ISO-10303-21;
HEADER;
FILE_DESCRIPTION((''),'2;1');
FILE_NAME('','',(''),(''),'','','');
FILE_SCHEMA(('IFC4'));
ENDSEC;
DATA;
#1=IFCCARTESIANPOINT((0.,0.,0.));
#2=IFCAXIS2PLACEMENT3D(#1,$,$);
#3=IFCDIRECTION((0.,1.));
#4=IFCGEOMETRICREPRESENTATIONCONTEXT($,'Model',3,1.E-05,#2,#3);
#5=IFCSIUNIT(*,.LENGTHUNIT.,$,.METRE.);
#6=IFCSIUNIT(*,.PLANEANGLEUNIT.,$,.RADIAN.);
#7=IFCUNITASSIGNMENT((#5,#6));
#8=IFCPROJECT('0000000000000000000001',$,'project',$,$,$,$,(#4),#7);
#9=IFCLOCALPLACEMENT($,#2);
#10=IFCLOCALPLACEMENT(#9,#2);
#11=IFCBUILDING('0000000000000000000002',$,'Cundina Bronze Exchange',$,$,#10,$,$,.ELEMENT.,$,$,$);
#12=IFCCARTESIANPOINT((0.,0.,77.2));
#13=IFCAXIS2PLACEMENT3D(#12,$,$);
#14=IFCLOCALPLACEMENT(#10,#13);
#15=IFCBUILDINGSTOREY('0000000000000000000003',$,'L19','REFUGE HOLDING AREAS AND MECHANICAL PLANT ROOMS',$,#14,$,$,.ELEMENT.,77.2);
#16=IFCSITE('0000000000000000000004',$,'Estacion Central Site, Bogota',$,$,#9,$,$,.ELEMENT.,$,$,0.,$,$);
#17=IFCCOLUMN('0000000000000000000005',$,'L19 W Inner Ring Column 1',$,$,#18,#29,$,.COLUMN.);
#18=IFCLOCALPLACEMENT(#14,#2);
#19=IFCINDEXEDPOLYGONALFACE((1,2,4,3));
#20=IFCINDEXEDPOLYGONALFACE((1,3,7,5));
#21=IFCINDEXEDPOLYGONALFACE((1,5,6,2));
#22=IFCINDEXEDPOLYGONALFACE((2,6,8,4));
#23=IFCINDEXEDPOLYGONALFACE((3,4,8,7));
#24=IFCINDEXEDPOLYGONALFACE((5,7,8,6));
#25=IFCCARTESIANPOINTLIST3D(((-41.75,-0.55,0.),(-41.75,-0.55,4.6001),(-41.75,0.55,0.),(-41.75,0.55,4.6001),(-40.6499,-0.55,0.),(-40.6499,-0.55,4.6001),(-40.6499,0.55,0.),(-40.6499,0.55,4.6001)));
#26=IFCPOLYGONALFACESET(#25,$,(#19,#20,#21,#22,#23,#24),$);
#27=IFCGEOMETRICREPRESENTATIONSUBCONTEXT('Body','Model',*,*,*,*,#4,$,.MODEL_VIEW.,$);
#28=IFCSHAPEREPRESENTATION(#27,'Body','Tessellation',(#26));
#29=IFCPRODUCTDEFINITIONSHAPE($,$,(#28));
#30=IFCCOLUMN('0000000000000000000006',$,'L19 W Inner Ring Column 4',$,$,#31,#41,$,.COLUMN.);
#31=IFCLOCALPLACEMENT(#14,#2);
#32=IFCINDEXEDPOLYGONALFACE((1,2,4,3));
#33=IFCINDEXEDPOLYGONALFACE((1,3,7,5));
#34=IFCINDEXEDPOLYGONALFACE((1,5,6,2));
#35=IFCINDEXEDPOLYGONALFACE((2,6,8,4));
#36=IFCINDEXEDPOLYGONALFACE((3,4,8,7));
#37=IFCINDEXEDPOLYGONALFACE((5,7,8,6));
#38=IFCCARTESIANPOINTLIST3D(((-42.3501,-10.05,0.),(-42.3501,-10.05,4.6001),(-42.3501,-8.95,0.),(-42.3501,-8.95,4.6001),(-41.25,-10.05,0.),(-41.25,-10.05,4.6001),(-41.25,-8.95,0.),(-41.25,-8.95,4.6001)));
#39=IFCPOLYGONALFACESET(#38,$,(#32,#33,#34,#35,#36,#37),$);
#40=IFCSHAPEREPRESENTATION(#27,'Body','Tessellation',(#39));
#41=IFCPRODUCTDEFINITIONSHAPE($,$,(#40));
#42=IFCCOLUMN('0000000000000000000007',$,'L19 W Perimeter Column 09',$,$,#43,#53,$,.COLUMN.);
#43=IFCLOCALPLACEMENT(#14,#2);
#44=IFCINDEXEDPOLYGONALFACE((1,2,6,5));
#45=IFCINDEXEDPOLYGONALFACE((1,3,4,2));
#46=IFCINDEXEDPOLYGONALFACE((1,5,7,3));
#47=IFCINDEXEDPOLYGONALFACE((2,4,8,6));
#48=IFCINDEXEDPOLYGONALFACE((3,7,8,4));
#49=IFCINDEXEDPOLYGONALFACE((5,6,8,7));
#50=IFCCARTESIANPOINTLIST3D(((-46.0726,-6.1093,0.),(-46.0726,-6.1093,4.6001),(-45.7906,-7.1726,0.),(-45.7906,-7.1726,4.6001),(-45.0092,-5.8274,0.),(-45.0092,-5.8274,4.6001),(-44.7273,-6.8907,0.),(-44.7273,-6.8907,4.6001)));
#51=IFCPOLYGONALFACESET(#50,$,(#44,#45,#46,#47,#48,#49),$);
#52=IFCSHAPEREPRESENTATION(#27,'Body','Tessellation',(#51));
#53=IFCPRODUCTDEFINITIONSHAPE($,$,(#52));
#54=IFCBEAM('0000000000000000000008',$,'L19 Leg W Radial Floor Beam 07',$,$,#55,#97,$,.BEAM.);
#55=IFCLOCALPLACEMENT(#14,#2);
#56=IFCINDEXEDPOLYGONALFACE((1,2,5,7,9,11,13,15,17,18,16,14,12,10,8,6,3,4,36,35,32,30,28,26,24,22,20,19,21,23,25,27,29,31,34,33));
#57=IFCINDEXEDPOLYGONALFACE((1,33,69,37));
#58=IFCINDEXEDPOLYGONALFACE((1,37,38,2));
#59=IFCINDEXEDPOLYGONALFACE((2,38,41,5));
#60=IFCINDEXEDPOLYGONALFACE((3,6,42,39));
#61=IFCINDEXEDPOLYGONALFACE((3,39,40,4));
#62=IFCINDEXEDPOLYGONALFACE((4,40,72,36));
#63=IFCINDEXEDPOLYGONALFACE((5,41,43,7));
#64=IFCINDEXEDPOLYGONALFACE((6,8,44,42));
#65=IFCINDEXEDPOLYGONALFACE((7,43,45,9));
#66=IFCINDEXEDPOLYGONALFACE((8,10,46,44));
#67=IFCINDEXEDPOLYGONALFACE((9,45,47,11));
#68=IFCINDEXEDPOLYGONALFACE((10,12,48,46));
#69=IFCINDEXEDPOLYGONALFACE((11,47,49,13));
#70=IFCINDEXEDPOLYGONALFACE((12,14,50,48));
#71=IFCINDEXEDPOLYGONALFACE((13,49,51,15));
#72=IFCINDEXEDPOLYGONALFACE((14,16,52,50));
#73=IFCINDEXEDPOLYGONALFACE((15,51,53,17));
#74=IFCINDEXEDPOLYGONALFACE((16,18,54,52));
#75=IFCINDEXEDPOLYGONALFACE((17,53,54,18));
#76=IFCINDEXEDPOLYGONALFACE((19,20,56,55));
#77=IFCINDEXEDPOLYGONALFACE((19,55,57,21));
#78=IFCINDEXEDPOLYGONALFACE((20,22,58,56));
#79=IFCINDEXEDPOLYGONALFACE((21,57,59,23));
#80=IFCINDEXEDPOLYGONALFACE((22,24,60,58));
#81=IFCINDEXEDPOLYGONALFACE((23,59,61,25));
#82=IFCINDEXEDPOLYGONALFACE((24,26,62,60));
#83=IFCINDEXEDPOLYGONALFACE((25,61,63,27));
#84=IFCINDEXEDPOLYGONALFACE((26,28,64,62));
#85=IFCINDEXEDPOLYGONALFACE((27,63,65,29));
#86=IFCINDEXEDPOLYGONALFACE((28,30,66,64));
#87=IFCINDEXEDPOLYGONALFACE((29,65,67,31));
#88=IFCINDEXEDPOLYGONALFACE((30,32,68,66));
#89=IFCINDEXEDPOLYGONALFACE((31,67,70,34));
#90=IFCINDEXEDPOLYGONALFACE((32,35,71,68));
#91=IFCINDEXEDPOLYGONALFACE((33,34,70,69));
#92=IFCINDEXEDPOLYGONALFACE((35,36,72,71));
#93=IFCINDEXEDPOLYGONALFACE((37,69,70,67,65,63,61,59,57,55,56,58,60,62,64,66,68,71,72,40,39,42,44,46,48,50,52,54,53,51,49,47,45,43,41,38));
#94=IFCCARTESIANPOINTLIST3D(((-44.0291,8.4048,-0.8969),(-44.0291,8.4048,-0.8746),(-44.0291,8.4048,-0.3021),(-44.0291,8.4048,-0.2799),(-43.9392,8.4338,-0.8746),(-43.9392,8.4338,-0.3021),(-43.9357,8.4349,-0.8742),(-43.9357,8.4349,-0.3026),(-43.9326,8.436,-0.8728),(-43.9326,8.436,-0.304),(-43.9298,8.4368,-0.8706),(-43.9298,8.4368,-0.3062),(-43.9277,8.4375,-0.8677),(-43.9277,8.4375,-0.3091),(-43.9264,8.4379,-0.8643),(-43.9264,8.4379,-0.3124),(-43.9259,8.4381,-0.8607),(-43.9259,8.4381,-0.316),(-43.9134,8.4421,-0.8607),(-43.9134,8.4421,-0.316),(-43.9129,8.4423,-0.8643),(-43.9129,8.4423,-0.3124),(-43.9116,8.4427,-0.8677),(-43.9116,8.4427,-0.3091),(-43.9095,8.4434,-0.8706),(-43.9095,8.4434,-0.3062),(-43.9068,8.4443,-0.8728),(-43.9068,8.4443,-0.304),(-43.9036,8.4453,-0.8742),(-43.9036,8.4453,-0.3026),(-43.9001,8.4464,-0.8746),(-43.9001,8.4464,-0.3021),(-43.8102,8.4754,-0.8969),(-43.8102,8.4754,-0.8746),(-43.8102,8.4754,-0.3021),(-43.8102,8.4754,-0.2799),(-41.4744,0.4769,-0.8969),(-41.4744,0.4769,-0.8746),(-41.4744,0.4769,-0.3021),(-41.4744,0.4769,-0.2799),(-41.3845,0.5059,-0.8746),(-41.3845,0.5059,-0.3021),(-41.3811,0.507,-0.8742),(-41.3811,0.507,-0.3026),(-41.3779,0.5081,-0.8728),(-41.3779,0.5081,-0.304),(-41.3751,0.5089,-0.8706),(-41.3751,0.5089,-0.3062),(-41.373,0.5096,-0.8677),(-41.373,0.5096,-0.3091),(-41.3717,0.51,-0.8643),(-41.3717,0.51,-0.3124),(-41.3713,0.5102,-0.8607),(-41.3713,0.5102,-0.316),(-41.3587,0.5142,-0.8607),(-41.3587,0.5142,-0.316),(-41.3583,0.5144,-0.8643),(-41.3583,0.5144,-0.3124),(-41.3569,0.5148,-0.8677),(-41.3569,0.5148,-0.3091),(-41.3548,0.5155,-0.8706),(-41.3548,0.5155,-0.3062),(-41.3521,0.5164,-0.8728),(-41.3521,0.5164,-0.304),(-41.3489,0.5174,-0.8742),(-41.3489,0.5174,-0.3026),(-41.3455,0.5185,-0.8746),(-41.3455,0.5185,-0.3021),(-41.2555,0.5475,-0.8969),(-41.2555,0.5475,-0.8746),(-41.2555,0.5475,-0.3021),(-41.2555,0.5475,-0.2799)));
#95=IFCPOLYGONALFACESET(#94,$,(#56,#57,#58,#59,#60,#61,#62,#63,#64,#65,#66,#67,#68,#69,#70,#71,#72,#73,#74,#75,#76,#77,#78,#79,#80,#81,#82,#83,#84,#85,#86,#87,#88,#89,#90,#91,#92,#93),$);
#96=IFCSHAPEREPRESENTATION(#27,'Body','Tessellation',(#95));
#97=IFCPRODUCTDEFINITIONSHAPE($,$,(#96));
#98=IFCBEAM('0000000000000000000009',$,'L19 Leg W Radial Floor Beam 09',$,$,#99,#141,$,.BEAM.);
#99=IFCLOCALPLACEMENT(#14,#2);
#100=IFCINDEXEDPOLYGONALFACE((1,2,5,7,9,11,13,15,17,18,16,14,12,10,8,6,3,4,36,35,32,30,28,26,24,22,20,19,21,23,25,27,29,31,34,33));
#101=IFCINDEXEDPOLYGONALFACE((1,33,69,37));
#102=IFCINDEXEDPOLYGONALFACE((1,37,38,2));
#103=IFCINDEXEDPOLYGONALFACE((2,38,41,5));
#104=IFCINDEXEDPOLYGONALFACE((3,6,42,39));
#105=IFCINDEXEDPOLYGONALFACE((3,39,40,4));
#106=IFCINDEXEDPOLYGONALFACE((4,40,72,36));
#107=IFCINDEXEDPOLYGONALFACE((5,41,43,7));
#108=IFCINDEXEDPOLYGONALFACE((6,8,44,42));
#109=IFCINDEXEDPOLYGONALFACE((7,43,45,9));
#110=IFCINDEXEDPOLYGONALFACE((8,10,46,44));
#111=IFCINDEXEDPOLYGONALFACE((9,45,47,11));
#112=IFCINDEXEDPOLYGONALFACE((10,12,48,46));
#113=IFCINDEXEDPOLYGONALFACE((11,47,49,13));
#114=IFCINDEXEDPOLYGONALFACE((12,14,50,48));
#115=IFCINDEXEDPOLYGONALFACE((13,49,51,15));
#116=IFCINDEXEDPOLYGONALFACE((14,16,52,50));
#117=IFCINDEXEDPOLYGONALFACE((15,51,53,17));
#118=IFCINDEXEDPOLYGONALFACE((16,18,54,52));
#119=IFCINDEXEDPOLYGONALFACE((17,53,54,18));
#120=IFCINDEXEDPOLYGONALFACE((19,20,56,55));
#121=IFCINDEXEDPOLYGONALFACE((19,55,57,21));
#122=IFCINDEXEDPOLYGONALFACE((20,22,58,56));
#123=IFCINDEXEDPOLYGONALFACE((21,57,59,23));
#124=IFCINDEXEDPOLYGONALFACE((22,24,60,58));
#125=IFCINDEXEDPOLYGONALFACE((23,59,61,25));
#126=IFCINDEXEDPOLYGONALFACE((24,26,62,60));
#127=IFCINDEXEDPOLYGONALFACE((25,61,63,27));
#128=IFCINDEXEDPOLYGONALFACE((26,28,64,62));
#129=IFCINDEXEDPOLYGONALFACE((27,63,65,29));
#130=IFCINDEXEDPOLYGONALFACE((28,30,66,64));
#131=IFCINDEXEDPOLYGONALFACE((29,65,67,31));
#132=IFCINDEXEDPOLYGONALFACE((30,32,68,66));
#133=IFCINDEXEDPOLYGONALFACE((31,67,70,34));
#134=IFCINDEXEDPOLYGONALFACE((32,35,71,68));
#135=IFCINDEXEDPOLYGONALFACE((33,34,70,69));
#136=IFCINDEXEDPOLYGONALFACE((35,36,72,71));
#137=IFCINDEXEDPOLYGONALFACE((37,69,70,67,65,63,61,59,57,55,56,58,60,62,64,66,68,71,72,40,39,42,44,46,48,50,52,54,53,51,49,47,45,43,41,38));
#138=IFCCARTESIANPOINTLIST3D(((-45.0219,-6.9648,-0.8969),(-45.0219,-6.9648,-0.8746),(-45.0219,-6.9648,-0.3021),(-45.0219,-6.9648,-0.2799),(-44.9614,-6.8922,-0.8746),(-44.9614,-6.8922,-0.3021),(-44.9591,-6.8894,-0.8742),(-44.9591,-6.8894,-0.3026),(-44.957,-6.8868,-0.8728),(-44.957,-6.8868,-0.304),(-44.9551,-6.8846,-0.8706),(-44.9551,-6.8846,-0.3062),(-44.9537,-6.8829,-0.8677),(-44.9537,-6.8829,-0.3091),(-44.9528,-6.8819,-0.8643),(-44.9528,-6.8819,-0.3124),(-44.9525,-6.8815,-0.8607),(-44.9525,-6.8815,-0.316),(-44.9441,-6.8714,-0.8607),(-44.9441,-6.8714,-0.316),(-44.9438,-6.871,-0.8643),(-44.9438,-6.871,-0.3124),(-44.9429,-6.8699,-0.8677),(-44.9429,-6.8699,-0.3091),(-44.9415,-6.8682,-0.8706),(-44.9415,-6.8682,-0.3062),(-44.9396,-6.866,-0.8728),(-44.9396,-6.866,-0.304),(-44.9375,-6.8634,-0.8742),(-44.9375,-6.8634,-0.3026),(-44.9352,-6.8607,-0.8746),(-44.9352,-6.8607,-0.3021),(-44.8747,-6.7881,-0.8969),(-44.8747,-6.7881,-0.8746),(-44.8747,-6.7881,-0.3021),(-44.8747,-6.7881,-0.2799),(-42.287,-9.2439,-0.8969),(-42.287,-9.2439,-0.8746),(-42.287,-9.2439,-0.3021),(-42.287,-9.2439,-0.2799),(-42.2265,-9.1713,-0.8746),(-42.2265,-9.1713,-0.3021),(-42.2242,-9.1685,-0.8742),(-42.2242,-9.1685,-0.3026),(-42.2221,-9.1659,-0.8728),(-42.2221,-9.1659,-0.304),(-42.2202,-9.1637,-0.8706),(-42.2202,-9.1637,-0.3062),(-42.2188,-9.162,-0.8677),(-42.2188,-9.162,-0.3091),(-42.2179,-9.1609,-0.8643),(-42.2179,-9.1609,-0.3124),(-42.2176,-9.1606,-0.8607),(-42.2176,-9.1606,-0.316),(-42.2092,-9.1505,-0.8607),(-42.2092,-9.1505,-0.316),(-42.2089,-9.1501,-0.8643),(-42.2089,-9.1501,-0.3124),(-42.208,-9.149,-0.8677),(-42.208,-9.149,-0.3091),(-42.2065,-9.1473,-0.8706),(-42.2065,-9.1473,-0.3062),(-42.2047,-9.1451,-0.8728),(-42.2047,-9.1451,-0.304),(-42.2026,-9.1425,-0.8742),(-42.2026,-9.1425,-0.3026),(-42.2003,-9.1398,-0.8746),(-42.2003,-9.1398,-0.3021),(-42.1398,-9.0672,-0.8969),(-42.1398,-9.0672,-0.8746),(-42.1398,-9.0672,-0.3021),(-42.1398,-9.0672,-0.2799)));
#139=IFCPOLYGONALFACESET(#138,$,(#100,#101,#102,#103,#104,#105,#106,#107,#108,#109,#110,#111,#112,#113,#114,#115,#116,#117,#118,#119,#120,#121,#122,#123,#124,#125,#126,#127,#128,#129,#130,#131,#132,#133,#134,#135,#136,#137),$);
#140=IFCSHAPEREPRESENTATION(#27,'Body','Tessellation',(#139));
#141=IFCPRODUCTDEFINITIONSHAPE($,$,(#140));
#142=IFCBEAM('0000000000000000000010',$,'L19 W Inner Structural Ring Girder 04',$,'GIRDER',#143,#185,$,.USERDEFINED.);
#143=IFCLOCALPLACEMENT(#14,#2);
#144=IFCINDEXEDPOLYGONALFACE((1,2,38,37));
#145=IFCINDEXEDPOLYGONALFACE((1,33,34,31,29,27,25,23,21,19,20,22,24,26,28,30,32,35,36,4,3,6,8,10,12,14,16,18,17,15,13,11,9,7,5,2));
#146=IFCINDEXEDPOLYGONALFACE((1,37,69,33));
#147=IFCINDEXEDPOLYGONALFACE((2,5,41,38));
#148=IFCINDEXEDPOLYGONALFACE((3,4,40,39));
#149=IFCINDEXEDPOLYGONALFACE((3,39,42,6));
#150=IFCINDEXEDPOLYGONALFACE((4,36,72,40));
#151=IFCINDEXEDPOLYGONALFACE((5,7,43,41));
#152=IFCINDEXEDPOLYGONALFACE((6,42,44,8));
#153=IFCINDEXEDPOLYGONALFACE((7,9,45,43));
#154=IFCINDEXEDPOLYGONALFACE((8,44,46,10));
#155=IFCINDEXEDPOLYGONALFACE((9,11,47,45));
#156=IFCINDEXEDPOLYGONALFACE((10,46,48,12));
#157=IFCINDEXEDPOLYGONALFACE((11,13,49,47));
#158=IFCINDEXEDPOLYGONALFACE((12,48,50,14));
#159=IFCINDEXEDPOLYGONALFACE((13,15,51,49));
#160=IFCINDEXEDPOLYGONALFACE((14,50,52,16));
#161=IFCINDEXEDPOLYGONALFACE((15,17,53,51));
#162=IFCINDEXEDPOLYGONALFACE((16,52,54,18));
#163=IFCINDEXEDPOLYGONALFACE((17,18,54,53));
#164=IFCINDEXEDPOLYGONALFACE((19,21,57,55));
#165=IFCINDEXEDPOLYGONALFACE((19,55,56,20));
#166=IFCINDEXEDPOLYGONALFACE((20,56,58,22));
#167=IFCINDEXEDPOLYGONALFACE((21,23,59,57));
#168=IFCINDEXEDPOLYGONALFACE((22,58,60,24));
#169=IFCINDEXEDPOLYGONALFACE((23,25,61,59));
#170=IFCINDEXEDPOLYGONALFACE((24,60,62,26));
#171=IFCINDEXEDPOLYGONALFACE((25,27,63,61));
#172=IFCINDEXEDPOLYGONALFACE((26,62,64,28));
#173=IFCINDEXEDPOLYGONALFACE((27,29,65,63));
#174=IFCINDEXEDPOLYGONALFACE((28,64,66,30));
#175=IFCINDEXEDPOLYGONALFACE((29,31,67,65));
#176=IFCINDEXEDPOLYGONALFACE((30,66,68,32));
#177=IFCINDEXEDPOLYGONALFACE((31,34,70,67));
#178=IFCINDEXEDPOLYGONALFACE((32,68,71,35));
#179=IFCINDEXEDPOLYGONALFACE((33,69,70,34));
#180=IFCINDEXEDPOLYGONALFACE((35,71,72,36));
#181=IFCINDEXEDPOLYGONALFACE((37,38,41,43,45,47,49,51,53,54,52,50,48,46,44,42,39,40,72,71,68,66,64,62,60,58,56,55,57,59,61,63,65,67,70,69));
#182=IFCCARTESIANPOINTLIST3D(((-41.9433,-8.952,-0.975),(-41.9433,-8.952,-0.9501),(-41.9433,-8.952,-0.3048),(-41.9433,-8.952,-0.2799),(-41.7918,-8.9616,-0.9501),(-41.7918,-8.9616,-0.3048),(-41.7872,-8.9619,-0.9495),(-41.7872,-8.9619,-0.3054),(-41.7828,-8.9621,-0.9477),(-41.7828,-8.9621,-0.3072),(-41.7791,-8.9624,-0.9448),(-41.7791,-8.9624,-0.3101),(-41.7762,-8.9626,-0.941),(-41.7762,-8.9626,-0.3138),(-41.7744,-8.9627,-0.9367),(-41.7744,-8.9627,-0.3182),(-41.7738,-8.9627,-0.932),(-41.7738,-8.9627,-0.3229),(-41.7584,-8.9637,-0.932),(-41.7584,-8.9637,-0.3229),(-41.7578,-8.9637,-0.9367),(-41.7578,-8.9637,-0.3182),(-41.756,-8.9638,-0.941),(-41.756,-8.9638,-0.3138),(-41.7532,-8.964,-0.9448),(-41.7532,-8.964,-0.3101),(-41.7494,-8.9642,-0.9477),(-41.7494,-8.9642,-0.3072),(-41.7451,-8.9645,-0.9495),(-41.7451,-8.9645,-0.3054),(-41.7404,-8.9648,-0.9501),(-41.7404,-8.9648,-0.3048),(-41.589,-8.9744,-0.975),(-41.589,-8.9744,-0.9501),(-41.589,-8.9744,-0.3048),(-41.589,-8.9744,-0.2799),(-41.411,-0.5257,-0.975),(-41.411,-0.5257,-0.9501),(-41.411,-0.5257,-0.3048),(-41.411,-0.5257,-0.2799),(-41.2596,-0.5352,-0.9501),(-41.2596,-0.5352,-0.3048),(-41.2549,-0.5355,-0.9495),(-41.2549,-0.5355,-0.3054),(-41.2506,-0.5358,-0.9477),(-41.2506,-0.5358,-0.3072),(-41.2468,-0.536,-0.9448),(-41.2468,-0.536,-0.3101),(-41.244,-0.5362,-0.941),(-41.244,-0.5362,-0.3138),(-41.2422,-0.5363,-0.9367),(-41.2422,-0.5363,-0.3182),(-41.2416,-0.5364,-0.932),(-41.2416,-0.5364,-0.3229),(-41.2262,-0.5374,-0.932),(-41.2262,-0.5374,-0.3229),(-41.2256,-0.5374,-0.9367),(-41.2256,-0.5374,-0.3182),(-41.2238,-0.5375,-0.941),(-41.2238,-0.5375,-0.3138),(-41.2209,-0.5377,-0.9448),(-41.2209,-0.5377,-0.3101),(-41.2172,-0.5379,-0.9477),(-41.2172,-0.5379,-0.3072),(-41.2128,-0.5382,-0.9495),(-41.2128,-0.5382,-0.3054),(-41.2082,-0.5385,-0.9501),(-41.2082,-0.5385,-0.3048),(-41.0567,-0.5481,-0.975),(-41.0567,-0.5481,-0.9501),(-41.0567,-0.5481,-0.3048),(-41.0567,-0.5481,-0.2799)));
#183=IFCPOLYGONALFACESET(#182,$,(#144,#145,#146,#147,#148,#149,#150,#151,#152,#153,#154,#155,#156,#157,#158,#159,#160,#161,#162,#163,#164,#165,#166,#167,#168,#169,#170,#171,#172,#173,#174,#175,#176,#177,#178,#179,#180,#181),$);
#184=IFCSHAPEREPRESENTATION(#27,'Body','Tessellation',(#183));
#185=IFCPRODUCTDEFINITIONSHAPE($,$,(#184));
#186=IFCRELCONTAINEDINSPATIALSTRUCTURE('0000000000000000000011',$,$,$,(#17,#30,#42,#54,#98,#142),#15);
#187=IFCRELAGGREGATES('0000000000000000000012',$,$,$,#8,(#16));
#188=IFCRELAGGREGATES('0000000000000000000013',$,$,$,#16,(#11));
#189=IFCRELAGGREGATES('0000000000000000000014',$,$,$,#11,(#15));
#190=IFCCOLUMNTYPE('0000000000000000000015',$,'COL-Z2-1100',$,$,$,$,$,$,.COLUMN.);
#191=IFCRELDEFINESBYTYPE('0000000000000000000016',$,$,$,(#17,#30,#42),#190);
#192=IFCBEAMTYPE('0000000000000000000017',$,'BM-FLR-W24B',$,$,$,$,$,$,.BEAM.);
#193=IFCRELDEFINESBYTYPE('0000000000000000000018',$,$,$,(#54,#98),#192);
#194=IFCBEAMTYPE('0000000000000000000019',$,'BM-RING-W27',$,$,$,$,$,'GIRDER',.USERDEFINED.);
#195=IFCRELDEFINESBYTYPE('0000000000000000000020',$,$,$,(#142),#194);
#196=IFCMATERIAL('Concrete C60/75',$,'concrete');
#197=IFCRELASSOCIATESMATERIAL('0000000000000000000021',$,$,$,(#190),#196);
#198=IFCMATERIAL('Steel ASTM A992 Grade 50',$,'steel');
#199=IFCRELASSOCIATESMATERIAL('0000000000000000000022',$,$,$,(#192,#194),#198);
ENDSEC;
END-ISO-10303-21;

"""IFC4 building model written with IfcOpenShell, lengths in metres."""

from ifc_helpers import new_model, si_unit, direction, frame, origin, origin_2d, place, context, subcontext, project, spatial, rectangle, i_section, extrude, material, material_profile, profile_set, type_object, element, save


model = new_model("IFC4")

# Units and contexts
model_context = context("Model", 3, precision=1e-05, world=origin(), true_north=direction((0.0, 1.0)))
body_context = subcontext(model_context, "Body", "Model", "MODEL_VIEW")
ifc_project = project(units=[si_unit("LENGTHUNIT", "METRE"), si_unit("PLANEANGLEUNIT", "RADIAN")], contexts=[model_context])

# Site, building, storey
site_placement = place(None, origin())
site = spatial("IfcSite", under=ifc_project, at=site_placement, Name="Estacion Central Site, Bogota", CompositionType="ELEMENT", RefElevation=0.0)
building_placement = place(site_placement, origin())
building = spatial("IfcBuilding", under=site, at=building_placement, Name="Cundina Bronze Exchange", CompositionType="ELEMENT")
storey_placement = place(building_placement, frame((0.0, 0.0, 77.2)))
storey = spatial("IfcBuildingStorey", under=building, at=storey_placement, Name="L19", Description="REFUGE HOLDING AREAS AND MECHANICAL PLANT ROOMS", CompositionType="ELEMENT", Elevation=77.2)

# Columns
ifc_material_1 = material(Name="Concrete C60/75", Category="concrete")
ifc_material_profile_1 = material_profile(ifc_material_1, rectangle(XDim=1.1001, YDim=1.1001, at=origin_2d()), Name="RC1100X1100", Category="concrete")
ifc_profile_set_1 = profile_set([ifc_material_profile_1], Name="Concrete C60/75")
column_type = type_object("IfcColumnType", Name="COL-Z2-1100", PredefinedType="COLUMN", material=ifc_profile_set_1)
for number, where, z_axis, x_axis, name in (
    (1, (-41.2, 0.0, 0.0), (0.0, 0.0, 1.0), (1.0, 0.0, 0.0), "L19 W Inner Ring Column 1"),
    (2, (-41.8, -9.5, 0.0), (0.0, 0.0, 1.0), (1.0, 0.0, 0.0), "L19 W Inner Ring Column 4"),
    (3, (-45.3999, -6.5, 0.0), (0.0, 0.0, 1.0), (0.256289, -0.9666, 0.0), "L19 W Perimeter Column 09"),
):
    element("IfcColumn", number, at=place(storey_placement, frame(where, z_axis=z_axis, x_axis=x_axis)), inside=storey, type_object=column_type, Name=name, PredefinedType="COLUMN", context=body_context, shape_type="SweptSolid", body=[
        extrude(rectangle(XDim=1.1001, YDim=1.1001, at=origin_2d()), origin(), (0.0, 0.0, 1.0), 4.6001),
    ])

# Beams
ifc_material_2 = material(Name="Steel ASTM A992 Grade 50", Category="steel")
ifc_material_profile_2 = material_profile(ifc_material_2, i_section(OverallWidth=0.23, OverallDepth=0.6169, WebThickness=0.0132, FlangeThickness=0.0222, FilletRadius=0.0139, at=origin_2d()), Name="W24X94", Category="steel")
ifc_profile_set_2 = profile_set([ifc_material_profile_2], Name="Steel ASTM A992 Grade 50")
beam_type_1 = type_object("IfcBeamType", Name="BM-FLR-W24B", PredefinedType="BEAM", material=ifc_profile_set_2)
beam_1_placement = place(storey_placement, frame((-41.365, 0.5122, -0.5884), z_axis=(-0.306706, 0.951804, 0.0), x_axis=(-0.951804, -0.306706, 0.0)))
element("IfcBeam", 4, at=beam_1_placement, inside=storey, type_object=beam_type_1, Name="L19 Leg W Radial Floor Beam 07", PredefinedType="BEAM", context=body_context, shape_type="SweptSolid", body=[
    extrude(i_section(OverallWidth=0.23, OverallDepth=0.6169, WebThickness=0.0132, FlangeThickness=0.0222, FilletRadius=0.0139, at=origin_2d()), origin(), (0.0, 0.0, 1.0), 8.3293),
])
beam_2_placement = place(storey_placement, frame((-42.2134, -9.1555, -0.5884), z_axis=(-0.768221, 0.640184, 0.0), x_axis=(-0.640184, -0.768221, 0.0)))
element("IfcBeam", 5, at=beam_2_placement, inside=storey, type_object=beam_type_1, Name="L19 Leg W Radial Floor Beam 09", PredefinedType="BEAM", context=body_context, shape_type="SweptSolid", body=[
    extrude(i_section(OverallWidth=0.23, OverallDepth=0.6169, WebThickness=0.0132, FlangeThickness=0.0222, FilletRadius=0.0139, at=origin_2d()), origin(), (0.0, 0.0, 1.0), 3.5601),
])
ifc_material_profile_3 = material_profile(ifc_material_2, i_section(OverallWidth=0.355, OverallDepth=0.6951, WebThickness=0.0154, FlangeThickness=0.0249, FilletRadius=0.0181, at=origin_2d()), Name="W27X146", Category="steel")
ifc_profile_set_3 = profile_set([ifc_material_profile_3], Name="Steel ASTM A992 Grade 50")
beam_type_2 = type_object("IfcBeamType", Name="BM-RING-W27", ElementType="GIRDER", PredefinedType="USERDEFINED", material=ifc_profile_set_3)
beam_3_placement = place(storey_placement, frame((-41.2339, -0.5369, -0.6274), z_axis=(-0.063037, -0.998011, 0.0), x_axis=(0.998011, -0.063037, 0.0)))
element("IfcBeam", 6, at=beam_3_placement, inside=storey, type_object=beam_type_2, Name="L19 W Inner Structural Ring Girder 04", ObjectType="GIRDER", PredefinedType="USERDEFINED", context=body_context, shape_type="SweptSolid", body=[
    extrude(i_section(OverallWidth=0.355, OverallDepth=0.6951, WebThickness=0.0154, FlangeThickness=0.0249, FilletRadius=0.0181, at=origin_2d()), origin(), (0.0, 0.0, 1.0), 8.4431),
])

save(model, "model.ifc")
